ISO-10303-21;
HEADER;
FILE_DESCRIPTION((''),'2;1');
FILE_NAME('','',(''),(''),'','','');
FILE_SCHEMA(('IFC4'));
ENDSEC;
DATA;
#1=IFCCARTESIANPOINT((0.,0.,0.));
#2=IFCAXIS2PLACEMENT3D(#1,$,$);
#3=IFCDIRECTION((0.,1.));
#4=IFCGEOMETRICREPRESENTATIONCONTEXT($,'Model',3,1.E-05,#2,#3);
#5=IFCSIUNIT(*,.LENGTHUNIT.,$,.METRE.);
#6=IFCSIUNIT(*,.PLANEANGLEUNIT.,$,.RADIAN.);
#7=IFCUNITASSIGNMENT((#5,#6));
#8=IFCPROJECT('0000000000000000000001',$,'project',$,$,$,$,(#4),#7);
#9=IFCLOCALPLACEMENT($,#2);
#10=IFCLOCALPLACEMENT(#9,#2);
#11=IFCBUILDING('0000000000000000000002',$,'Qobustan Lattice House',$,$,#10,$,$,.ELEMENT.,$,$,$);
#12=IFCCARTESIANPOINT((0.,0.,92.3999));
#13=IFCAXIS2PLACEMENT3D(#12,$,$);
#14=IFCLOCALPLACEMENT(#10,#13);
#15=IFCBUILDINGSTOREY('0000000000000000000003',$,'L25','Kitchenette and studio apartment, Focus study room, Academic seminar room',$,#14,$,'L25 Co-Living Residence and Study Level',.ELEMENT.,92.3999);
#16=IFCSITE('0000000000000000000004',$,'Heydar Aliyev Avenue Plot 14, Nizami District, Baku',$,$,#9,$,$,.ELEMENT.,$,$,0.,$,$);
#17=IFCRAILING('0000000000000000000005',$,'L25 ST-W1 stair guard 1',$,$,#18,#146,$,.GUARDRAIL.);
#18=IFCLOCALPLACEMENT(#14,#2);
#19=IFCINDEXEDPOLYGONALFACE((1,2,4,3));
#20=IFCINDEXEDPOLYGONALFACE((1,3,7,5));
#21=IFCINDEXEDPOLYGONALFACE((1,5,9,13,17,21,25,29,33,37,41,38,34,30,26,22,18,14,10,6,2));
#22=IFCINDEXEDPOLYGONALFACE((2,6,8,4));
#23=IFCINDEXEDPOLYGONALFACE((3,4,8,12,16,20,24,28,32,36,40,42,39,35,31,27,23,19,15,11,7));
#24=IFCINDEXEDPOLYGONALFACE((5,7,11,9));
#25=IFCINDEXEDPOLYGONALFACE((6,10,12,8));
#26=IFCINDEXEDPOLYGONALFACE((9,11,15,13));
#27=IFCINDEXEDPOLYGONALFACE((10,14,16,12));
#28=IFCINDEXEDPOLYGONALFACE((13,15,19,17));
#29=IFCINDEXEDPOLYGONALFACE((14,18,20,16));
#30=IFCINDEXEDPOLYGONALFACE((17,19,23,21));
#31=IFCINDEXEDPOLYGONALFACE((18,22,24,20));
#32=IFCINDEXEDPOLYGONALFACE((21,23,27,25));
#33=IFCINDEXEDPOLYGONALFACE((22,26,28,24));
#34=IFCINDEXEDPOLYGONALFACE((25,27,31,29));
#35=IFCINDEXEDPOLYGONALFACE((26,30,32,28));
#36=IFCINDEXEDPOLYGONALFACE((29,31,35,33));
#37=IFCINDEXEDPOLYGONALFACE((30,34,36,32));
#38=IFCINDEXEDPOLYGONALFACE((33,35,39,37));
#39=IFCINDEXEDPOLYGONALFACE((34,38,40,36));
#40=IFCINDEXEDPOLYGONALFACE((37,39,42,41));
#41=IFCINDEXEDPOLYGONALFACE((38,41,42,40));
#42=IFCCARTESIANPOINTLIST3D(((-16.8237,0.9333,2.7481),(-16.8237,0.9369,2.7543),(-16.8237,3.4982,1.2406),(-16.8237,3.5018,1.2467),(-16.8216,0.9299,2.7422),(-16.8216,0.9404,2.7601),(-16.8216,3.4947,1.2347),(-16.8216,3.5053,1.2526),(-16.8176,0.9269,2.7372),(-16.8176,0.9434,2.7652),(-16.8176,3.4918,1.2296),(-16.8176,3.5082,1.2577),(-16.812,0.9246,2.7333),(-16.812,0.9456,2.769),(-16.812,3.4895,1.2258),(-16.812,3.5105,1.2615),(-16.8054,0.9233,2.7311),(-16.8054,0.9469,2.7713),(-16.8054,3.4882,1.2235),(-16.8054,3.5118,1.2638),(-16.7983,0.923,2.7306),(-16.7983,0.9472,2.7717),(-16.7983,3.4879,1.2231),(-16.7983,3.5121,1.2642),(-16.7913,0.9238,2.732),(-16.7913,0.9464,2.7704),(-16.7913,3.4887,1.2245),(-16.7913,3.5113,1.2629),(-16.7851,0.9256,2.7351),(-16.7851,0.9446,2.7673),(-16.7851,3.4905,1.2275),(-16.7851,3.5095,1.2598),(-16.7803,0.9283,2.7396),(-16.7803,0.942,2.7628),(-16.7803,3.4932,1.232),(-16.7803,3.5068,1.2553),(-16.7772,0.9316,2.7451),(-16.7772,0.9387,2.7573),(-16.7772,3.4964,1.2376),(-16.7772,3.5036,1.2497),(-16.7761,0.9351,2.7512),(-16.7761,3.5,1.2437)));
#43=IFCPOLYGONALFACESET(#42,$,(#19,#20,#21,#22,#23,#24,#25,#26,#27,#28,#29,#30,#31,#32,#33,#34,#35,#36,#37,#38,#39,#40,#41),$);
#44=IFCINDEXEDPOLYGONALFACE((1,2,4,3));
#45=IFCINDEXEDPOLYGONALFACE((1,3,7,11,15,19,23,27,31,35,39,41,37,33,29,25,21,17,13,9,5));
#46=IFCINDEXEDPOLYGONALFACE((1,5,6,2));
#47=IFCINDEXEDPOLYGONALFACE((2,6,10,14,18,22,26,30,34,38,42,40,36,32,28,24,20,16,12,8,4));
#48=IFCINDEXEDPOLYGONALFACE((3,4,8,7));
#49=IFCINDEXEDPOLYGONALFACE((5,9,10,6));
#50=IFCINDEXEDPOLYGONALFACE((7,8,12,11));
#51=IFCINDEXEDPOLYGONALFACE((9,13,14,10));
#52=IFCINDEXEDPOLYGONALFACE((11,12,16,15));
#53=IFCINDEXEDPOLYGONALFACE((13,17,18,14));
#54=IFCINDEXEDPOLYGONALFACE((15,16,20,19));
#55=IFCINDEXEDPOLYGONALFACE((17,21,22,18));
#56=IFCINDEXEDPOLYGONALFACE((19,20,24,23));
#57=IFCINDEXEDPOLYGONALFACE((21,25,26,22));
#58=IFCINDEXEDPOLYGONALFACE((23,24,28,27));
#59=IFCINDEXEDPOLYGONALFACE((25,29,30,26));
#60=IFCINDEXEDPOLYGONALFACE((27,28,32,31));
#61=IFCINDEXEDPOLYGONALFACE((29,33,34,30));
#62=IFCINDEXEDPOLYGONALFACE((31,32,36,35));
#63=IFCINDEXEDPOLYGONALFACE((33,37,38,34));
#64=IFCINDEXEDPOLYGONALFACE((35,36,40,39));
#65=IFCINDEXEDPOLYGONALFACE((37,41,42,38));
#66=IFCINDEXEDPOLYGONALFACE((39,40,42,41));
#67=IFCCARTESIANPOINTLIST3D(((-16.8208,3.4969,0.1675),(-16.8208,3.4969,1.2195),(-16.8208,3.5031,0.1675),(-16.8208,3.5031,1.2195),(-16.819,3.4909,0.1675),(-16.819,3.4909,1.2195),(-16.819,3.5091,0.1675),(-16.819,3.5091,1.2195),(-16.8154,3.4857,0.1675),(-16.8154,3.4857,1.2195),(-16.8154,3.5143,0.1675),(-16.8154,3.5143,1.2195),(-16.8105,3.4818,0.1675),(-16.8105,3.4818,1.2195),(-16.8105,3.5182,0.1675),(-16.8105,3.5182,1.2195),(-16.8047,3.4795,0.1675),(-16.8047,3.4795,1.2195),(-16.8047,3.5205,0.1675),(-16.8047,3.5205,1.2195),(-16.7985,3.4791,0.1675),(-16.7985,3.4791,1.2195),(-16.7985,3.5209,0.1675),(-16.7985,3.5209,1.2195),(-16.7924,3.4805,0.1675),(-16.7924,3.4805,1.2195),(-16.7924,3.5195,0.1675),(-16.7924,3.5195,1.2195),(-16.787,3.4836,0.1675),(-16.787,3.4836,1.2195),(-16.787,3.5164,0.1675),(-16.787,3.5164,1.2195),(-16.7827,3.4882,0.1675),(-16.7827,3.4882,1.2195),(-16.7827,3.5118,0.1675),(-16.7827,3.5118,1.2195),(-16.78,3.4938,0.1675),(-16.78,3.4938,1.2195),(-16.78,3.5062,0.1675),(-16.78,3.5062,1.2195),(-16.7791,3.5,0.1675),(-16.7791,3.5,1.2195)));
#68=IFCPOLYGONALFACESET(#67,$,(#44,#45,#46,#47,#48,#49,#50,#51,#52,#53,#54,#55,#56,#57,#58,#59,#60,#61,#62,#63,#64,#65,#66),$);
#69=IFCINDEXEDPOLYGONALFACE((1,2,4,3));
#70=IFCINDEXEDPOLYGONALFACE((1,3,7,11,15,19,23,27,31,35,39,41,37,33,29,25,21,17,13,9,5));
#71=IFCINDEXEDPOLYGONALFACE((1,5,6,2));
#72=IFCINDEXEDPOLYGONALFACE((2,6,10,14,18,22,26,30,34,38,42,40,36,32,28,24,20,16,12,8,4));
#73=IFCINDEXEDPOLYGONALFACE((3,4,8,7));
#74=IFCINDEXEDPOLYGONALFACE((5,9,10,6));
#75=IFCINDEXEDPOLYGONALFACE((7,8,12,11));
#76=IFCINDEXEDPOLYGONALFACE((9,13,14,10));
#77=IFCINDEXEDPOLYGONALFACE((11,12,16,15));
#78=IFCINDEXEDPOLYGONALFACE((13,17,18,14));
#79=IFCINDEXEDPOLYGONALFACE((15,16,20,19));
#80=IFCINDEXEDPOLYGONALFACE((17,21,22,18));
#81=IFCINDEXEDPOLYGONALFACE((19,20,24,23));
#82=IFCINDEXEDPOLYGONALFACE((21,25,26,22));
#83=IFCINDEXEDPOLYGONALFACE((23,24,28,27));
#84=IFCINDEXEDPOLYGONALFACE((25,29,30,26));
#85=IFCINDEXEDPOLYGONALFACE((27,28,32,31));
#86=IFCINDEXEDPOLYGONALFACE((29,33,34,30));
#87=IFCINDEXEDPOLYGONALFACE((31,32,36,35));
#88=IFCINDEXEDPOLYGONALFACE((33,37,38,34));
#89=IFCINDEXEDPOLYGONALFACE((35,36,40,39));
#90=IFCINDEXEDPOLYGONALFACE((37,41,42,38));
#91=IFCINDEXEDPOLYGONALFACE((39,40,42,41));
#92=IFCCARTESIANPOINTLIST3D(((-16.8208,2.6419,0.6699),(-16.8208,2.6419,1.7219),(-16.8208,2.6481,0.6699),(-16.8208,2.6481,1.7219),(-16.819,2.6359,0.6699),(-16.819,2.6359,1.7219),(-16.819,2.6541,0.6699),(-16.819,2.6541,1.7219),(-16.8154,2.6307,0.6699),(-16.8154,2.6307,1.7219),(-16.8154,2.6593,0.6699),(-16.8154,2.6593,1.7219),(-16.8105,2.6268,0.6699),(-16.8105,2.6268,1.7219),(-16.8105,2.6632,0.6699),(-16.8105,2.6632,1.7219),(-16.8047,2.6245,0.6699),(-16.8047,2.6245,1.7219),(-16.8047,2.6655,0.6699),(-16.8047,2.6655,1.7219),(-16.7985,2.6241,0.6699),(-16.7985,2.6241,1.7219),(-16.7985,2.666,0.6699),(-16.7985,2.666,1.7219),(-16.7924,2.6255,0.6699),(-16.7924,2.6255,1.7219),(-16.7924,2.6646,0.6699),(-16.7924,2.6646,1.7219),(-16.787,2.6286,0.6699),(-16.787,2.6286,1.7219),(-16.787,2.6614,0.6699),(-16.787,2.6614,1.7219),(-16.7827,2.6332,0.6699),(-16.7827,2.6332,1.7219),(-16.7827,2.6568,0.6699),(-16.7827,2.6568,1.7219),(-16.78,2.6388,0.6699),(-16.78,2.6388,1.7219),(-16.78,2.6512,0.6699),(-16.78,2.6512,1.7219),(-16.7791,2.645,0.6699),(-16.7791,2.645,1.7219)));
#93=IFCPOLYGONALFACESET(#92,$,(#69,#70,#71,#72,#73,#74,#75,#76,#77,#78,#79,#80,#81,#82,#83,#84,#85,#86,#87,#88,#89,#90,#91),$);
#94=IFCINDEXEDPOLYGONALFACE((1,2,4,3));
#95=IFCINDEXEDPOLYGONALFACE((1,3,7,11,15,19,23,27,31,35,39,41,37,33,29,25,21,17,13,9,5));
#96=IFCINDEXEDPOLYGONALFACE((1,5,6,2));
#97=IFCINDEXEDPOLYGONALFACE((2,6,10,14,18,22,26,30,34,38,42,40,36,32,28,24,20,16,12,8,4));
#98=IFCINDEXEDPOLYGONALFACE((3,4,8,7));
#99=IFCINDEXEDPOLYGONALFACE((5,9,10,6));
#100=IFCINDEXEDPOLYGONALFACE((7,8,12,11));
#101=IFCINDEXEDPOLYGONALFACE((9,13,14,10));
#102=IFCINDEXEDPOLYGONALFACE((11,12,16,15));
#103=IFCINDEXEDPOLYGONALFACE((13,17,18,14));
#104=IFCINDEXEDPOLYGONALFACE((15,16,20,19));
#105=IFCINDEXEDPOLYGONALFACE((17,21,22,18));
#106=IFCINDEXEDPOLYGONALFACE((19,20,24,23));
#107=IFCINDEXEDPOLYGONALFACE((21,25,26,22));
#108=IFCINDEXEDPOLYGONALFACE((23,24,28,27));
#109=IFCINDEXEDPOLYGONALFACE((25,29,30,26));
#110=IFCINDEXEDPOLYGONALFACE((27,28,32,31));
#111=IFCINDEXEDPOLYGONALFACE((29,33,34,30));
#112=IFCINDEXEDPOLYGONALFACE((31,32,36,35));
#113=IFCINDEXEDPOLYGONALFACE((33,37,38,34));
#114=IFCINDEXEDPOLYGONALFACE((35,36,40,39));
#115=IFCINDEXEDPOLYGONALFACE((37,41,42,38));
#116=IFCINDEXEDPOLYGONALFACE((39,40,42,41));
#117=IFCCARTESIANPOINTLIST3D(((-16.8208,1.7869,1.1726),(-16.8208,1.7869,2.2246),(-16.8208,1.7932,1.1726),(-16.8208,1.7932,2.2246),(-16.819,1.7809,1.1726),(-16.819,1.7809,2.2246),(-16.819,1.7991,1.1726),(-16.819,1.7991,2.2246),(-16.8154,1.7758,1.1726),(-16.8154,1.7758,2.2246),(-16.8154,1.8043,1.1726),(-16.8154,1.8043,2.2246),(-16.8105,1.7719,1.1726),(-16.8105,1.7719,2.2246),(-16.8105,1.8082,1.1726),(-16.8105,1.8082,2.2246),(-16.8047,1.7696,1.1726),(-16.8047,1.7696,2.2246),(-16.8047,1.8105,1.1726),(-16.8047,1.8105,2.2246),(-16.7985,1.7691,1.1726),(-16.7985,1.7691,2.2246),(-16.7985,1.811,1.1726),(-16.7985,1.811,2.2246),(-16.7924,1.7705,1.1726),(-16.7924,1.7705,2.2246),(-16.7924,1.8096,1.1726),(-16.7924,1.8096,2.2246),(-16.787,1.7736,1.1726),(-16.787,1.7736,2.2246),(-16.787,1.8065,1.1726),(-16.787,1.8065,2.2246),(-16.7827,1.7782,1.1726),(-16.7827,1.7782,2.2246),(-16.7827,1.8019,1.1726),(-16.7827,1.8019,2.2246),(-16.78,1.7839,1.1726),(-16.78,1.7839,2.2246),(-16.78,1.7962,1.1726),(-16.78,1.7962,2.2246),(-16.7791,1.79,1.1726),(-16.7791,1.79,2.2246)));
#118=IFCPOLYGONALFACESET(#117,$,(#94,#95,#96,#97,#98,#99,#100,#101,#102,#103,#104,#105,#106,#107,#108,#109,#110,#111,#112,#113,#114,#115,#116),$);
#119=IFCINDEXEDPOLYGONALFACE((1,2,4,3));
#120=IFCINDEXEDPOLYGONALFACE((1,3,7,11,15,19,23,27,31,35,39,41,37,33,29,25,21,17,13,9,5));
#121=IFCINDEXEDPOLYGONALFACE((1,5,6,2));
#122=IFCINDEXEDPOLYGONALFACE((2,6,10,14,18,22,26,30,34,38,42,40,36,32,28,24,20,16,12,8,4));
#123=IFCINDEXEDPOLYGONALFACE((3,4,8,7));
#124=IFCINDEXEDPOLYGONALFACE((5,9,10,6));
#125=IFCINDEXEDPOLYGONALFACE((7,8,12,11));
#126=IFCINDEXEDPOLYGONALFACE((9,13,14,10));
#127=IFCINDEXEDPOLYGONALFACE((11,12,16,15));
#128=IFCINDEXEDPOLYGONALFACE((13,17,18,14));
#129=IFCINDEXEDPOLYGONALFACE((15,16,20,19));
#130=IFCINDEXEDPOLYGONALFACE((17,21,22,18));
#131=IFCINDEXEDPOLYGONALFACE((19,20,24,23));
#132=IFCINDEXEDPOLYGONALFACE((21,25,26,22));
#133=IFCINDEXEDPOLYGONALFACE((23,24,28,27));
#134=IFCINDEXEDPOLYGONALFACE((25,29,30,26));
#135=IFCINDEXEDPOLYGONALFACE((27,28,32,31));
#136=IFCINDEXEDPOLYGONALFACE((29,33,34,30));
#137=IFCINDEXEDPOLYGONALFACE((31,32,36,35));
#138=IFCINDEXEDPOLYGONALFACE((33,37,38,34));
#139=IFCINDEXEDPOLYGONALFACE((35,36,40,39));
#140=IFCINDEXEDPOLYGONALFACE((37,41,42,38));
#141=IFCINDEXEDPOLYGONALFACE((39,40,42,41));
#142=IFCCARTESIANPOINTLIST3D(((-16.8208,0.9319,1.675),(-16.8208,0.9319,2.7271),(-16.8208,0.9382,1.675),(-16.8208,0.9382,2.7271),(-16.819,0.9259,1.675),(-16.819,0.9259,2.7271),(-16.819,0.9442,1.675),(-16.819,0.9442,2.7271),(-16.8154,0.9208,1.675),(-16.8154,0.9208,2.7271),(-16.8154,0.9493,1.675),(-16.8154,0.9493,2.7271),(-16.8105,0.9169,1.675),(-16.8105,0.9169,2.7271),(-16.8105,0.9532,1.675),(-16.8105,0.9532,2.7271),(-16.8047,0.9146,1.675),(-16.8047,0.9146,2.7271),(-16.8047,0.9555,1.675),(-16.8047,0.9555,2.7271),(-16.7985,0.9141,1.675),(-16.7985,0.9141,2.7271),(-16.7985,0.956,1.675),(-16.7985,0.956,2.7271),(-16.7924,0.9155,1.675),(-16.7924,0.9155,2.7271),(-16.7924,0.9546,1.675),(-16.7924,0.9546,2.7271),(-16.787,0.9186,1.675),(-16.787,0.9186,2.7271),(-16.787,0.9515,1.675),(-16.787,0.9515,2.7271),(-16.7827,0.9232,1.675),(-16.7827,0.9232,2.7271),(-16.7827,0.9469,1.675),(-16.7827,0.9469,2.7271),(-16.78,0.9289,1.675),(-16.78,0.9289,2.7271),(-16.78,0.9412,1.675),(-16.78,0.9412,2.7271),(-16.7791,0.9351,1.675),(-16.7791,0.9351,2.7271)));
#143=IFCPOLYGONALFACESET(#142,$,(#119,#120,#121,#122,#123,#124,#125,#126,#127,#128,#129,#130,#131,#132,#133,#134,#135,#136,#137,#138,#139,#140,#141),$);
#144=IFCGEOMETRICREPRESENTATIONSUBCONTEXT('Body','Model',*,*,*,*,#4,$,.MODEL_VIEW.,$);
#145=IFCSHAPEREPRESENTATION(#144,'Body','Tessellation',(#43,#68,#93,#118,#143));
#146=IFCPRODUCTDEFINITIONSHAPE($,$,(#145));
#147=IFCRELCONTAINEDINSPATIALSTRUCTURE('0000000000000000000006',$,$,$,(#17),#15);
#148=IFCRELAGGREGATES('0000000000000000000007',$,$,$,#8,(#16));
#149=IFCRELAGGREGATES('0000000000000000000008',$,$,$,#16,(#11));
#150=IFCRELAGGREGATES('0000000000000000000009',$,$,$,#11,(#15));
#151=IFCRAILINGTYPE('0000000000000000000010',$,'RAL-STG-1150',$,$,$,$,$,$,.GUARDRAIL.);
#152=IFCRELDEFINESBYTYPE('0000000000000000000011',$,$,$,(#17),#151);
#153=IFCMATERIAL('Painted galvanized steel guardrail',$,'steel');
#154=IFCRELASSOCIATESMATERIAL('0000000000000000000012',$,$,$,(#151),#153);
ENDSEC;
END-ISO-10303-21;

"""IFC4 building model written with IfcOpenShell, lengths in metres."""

from ifc_helpers import new_model, si_unit, direction, frame, origin, origin_2d, place, context, subcontext, project, spatial, circle, extrude, material, type_object, element, save


model = new_model("IFC4")

# Units and contexts
model_context = context("Model", 3, precision=1e-05, world=origin(), true_north=direction((0.0, 1.0)))
body_context = subcontext(model_context, "Body", "Model", "MODEL_VIEW")
ifc_project = project(units=[si_unit("LENGTHUNIT", "METRE"), si_unit("PLANEANGLEUNIT", "RADIAN")], contexts=[model_context])

# Site, building, storey
site_placement = place(None, origin())
site = spatial("IfcSite", under=ifc_project, at=site_placement, Name="Heydar Aliyev Avenue Plot 14, Nizami District, Baku", CompositionType="ELEMENT", RefElevation=0.0)
building_placement = place(site_placement, origin())
building = spatial("IfcBuilding", under=site, at=building_placement, Name="Qobustan Lattice House", CompositionType="ELEMENT")
storey_placement = place(building_placement, frame((0.0, 0.0, 92.3999)))
storey = spatial("IfcBuildingStorey", under=building, at=storey_placement, Name="L25", Description="Kitchenette and studio apartment, Focus study room, Academic seminar room", LongName="L25 Co-Living Residence and Study Level", CompositionType="ELEMENT", Elevation=92.3999)

# Railing
ifc_material_1 = material(Name="Painted galvanized steel guardrail", Category="steel")
railing_type_1 = type_object("IfcRailingType", Name="RAL-STG-1150", PredefinedType="GUARDRAIL", material=ifc_material_1)
railing_1_placement = place(storey_placement, frame((-16.8, 3.5, 0.1675)))
element("IfcRailing", 1, at=railing_1_placement, inside=storey, type_object=railing_type_1, Name="L25 ST-W1 stair guard 1", PredefinedType="GUARDRAIL", context=body_context, shape_type="SweptSolid", body=[
    extrude(circle(Radius=0.0239, at=origin_2d()), frame((0.0, 0.0, 1.0762), z_axis=(0.0, -0.862113, 0.506715), x_axis=(1.0, 0.0, 0.0)), (0.0, 0.0, 1.0), 2.9751),
    extrude(circle(Radius=0.021, at=origin_2d()), origin(), (0.0, 0.0, 1.0), 1.052),
    extrude(circle(Radius=0.021, at=origin_2d()), frame((0.0, -0.855, 0.5024)), (0.0, 0.0, 1.0), 1.052),
    extrude(circle(Radius=0.021, at=origin_2d()), frame((0.0, -1.71, 1.0051)), (0.0, 0.0, 1.0), 1.052),
    extrude(circle(Radius=0.021, at=origin_2d()), frame((0.0, -2.5649, 1.5076)), (0.0, 0.0, 1.0), 1.052),
])

save(model, "model.ifc")
